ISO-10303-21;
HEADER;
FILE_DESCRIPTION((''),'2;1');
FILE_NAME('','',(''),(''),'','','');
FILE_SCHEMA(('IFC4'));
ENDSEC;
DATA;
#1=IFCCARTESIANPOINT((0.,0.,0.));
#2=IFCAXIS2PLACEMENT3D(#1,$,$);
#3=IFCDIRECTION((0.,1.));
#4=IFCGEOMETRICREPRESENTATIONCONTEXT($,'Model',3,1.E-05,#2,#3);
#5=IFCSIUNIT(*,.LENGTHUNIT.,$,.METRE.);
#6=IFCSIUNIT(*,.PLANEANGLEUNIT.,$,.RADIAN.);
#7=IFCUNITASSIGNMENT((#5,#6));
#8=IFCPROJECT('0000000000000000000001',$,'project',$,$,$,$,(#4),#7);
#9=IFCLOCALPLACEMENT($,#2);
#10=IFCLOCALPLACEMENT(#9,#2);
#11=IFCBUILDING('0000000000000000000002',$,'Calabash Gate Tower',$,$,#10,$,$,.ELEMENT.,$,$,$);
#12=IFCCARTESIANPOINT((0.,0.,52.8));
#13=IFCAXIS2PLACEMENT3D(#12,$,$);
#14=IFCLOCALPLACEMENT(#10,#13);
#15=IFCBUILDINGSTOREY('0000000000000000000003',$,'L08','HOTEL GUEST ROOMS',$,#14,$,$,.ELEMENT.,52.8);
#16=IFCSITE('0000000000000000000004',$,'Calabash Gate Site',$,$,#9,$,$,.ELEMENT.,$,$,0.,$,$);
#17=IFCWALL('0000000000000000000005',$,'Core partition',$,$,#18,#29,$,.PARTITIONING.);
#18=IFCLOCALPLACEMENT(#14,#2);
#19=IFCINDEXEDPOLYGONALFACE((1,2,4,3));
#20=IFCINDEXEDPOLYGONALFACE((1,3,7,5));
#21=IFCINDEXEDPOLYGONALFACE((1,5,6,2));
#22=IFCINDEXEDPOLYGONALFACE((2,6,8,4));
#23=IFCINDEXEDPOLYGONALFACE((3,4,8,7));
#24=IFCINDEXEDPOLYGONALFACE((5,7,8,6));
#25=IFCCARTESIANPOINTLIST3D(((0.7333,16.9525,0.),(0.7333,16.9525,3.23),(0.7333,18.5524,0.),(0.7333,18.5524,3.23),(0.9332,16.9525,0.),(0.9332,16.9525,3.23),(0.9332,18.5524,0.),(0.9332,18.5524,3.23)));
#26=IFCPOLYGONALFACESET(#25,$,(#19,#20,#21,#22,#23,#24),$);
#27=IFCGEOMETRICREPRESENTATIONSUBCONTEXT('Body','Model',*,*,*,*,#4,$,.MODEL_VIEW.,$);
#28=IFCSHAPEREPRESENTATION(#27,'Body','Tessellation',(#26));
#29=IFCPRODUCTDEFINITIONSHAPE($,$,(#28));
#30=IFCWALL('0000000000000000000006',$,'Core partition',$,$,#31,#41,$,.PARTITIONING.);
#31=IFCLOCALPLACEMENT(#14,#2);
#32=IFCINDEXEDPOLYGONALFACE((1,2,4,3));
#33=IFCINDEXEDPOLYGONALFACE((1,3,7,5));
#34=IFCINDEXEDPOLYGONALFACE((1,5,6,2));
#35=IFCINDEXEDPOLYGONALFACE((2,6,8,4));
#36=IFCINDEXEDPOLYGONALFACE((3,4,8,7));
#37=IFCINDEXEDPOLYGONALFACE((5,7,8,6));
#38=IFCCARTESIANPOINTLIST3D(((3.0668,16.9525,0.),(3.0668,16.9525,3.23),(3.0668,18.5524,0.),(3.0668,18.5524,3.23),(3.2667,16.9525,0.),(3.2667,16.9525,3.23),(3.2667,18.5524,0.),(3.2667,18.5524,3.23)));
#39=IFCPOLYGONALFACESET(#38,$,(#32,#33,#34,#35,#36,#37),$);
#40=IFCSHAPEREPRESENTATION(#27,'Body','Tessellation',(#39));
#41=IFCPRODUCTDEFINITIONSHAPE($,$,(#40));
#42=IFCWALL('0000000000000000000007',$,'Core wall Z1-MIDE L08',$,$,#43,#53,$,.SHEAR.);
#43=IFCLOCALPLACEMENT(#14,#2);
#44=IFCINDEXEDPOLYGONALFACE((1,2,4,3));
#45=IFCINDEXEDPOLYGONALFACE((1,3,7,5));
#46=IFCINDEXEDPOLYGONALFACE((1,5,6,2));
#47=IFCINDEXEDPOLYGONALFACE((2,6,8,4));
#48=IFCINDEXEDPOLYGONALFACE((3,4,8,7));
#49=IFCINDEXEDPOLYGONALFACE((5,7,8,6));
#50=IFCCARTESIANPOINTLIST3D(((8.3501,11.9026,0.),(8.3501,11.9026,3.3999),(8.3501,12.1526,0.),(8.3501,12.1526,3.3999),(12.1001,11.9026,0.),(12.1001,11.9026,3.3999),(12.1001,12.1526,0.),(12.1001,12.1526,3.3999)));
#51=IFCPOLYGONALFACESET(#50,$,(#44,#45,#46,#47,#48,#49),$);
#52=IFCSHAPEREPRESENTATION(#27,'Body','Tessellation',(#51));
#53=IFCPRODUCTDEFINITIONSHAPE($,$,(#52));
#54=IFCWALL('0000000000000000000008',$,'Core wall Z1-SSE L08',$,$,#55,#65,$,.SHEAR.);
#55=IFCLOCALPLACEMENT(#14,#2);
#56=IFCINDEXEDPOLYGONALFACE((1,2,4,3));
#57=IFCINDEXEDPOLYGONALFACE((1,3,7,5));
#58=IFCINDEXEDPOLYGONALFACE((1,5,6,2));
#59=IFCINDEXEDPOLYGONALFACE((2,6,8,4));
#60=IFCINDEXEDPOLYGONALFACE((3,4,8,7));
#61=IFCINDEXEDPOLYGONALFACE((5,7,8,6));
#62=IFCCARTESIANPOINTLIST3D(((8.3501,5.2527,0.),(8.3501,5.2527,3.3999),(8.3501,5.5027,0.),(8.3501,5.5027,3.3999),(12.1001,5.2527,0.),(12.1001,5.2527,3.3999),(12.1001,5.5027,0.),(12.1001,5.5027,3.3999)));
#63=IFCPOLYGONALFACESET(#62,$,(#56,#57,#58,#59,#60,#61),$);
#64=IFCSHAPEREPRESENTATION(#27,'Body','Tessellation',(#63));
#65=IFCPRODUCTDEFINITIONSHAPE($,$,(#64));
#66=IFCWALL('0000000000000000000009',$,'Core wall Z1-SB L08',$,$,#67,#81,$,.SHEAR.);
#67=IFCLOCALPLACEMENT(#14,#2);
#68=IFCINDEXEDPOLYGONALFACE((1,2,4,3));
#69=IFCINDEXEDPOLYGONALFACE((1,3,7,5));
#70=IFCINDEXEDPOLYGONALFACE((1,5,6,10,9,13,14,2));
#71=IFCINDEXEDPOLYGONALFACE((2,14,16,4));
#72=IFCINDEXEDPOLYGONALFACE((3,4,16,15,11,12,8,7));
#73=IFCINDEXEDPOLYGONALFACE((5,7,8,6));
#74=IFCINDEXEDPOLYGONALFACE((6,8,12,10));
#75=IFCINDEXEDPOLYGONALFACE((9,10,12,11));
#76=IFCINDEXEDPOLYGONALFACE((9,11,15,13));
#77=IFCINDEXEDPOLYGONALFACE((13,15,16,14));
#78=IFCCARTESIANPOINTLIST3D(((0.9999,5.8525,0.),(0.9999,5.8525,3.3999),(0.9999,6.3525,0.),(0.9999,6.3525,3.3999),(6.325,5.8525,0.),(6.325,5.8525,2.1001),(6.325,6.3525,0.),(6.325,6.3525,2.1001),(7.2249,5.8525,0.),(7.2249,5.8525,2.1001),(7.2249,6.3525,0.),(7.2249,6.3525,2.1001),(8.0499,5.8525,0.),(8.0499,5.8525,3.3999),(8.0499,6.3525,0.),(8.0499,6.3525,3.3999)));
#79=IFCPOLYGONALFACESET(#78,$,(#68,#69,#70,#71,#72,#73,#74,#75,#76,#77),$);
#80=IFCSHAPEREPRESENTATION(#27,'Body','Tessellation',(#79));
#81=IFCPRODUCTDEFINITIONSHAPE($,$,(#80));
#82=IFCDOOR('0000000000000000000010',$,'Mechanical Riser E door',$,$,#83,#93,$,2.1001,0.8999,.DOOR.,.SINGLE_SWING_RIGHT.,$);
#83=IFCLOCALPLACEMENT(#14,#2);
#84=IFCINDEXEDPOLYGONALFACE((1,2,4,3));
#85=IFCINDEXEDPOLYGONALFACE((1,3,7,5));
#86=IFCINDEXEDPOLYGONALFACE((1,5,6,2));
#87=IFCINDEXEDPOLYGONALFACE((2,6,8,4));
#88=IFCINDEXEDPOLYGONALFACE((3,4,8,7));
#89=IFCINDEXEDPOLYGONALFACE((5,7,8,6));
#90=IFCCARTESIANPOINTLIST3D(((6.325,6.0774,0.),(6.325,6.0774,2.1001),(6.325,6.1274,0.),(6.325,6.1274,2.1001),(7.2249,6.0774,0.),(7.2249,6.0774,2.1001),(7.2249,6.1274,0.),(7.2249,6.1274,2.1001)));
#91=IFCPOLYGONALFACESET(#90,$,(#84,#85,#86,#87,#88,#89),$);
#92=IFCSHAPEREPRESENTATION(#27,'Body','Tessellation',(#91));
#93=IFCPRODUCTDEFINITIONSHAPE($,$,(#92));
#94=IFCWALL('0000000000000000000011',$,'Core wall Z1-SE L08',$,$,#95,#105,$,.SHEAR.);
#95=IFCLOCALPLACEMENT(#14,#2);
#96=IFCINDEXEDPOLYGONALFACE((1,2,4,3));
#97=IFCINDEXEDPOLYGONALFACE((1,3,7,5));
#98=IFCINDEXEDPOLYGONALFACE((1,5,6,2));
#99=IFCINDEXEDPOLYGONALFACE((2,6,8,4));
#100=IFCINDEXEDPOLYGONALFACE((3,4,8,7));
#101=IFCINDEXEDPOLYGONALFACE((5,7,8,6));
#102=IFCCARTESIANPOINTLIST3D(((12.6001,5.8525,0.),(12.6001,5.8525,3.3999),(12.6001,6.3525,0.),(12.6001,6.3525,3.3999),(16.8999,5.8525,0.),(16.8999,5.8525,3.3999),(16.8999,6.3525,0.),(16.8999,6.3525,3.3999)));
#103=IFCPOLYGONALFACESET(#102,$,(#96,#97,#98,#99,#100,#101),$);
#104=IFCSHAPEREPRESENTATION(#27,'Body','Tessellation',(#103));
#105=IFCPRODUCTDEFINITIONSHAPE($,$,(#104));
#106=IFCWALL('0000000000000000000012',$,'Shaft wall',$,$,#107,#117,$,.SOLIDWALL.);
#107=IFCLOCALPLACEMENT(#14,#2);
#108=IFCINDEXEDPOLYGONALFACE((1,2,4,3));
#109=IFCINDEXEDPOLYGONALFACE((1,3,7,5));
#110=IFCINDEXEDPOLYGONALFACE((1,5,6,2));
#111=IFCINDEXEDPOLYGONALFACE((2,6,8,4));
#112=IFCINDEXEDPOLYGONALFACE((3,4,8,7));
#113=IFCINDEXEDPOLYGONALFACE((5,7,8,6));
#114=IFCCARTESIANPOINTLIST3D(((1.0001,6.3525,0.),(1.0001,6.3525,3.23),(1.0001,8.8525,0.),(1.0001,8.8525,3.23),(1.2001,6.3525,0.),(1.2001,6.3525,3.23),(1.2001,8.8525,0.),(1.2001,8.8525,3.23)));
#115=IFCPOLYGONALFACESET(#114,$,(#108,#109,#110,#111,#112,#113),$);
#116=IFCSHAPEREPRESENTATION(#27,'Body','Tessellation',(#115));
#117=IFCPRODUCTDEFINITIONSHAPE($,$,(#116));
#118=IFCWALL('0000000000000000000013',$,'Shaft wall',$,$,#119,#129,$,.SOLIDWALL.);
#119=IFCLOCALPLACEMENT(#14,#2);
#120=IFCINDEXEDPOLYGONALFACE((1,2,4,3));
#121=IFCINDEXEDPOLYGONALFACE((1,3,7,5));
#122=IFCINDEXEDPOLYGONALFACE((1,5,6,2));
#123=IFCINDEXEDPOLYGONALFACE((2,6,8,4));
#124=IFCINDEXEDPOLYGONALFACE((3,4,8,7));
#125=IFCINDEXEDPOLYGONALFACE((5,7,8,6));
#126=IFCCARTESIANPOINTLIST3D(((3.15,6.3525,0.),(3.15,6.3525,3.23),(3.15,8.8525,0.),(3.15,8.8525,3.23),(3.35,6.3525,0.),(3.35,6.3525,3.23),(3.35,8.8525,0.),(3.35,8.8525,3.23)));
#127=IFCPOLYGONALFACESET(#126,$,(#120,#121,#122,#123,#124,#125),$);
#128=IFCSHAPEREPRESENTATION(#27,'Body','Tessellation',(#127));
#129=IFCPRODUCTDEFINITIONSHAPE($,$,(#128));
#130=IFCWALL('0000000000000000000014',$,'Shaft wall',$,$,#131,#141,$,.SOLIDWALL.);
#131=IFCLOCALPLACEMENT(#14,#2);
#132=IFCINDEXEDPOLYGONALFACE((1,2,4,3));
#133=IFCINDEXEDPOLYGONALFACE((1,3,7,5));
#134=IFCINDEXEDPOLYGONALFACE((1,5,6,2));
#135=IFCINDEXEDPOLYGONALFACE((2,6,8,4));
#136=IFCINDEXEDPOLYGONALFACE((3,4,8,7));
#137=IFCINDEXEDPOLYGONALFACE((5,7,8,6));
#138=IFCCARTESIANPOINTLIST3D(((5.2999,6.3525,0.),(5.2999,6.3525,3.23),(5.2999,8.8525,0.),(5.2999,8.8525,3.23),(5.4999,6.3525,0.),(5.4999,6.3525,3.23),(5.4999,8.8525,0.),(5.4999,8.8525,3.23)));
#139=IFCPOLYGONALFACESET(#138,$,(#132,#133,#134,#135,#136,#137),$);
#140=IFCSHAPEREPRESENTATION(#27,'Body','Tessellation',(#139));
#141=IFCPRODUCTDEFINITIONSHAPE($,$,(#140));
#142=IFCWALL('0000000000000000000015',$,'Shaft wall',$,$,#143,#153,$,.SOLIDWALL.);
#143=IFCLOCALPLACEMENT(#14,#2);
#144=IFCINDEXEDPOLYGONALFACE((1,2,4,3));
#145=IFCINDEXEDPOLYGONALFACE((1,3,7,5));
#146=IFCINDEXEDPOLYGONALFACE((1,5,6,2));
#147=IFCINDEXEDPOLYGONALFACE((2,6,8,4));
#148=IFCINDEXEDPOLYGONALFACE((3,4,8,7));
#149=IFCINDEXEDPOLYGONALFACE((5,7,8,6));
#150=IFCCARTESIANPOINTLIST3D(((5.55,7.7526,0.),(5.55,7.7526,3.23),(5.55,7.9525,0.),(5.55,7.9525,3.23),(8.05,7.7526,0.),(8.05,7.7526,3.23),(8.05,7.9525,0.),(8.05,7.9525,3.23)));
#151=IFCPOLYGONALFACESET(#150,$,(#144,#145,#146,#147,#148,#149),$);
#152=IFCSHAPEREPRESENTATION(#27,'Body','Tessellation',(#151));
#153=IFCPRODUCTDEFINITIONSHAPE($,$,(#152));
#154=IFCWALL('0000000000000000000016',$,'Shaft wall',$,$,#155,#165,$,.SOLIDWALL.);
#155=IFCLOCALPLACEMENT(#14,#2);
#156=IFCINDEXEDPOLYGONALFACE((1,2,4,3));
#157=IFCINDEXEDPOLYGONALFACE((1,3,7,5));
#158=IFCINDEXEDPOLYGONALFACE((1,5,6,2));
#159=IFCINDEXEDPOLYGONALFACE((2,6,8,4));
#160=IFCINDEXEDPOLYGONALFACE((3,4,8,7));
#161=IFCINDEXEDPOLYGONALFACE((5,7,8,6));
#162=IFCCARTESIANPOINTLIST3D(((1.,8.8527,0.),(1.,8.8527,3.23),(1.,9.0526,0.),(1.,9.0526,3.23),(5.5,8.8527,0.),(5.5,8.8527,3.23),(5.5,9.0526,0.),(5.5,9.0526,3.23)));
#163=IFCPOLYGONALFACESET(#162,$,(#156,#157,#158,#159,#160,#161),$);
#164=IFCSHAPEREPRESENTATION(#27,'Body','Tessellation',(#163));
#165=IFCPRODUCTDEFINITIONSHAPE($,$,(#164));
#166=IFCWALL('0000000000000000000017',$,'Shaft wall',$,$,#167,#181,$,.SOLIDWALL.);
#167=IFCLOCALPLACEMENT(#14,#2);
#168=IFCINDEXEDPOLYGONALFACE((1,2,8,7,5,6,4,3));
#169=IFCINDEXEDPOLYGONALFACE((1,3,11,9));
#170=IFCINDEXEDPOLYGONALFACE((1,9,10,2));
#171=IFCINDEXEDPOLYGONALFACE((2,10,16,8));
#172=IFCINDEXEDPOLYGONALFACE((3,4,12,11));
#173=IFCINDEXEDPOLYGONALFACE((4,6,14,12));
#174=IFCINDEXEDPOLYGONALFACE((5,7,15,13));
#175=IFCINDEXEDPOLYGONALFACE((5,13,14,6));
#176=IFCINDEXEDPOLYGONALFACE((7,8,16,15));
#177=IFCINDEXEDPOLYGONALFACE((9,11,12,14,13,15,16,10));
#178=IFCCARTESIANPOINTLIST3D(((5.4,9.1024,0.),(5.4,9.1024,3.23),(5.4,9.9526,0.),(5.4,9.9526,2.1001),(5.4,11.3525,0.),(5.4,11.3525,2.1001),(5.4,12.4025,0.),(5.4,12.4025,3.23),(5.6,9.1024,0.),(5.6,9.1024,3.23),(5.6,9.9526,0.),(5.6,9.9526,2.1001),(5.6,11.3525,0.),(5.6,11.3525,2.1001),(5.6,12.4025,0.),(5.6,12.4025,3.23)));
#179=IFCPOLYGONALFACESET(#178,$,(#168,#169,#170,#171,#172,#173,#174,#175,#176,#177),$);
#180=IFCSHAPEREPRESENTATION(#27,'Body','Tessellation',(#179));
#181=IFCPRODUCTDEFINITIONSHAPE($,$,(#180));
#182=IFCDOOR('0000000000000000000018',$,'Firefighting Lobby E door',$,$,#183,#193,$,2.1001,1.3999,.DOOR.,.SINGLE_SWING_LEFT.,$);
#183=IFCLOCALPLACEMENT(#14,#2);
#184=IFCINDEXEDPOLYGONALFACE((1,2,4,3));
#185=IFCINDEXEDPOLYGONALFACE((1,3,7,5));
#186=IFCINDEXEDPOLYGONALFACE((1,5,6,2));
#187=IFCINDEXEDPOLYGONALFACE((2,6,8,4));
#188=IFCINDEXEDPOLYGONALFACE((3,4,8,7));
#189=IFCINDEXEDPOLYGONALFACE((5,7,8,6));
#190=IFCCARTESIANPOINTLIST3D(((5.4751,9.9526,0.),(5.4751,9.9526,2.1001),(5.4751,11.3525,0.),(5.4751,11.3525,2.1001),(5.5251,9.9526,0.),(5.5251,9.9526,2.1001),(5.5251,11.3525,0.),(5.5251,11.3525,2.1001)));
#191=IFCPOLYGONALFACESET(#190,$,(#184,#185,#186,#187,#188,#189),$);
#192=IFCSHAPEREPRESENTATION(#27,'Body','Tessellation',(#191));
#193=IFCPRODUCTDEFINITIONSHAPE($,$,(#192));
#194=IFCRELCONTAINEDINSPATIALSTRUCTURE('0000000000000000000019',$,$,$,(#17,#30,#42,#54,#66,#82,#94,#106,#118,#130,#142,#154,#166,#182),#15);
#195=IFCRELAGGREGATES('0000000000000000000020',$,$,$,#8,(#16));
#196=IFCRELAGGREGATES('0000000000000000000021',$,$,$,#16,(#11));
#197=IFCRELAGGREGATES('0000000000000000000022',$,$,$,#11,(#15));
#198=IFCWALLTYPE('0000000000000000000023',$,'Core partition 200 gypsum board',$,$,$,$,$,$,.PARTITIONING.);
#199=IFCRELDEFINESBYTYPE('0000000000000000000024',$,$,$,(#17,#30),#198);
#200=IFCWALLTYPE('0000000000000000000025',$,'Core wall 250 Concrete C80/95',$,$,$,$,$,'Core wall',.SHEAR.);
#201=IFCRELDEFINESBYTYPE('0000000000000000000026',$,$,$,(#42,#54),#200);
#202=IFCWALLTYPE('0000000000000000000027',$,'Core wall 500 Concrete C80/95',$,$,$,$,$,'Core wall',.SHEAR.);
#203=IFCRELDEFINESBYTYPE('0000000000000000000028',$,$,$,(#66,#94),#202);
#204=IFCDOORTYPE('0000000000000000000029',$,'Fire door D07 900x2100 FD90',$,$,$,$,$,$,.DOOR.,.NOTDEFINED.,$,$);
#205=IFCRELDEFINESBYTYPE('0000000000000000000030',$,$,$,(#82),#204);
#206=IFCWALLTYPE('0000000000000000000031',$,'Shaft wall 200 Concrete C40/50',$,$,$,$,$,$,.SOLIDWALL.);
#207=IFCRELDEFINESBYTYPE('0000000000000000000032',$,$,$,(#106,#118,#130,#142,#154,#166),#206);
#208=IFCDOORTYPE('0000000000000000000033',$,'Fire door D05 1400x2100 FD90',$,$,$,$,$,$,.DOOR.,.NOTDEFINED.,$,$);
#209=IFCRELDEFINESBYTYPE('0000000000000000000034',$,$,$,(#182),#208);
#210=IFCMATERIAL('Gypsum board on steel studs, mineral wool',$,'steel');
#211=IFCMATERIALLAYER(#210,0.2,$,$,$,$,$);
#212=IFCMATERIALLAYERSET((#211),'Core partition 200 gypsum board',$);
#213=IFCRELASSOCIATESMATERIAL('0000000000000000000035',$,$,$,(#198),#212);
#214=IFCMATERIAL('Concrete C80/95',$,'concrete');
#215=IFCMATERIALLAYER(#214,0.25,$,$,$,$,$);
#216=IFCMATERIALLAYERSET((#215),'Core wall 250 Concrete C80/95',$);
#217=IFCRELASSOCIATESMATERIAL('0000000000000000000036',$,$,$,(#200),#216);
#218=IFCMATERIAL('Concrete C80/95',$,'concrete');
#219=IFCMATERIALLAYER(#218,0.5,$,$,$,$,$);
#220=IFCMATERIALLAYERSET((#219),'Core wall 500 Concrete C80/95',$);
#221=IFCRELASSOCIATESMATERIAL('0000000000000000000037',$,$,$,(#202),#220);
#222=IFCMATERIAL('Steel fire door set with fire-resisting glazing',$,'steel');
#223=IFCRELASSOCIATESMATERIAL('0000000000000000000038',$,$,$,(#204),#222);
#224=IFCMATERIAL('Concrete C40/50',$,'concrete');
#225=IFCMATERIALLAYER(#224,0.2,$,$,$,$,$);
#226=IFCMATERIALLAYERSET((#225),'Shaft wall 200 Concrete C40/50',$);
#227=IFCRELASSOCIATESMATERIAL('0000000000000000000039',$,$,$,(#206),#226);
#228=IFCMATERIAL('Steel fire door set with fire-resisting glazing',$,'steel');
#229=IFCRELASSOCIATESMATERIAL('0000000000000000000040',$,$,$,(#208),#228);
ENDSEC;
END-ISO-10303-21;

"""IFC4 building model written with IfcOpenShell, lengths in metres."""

from ifc_helpers import new_model, si_unit, direction, frame, frame_2d, origin, place, context, subcontext, project, spatial, rectangle, extrude, material, layer, layer_set, type_object, element, fill, save


model = new_model("IFC4")

# Units and contexts
model_context = context("Model", 3, precision=1e-05, world=origin(), true_north=direction((0.0, 1.0)))
body_context = subcontext(model_context, "Body", "Model", "MODEL_VIEW")
ifc_project = project(units=[si_unit("LENGTHUNIT", "METRE"), si_unit("PLANEANGLEUNIT", "RADIAN")], contexts=[model_context])

# Site, building, storey
site_placement = place(None, origin())
site = spatial("IfcSite", under=ifc_project, at=site_placement, Name="Calabash Gate Site", CompositionType="ELEMENT", RefElevation=0.0)
building_placement = place(site_placement, origin())
building = spatial("IfcBuilding", under=site, at=building_placement, Name="Calabash Gate Tower", CompositionType="ELEMENT")
storey_placement = place(building_placement, frame((0.0, 0.0, 52.8)))
storey = spatial("IfcBuildingStorey", under=building, at=storey_placement, Name="L08", Description="HOTEL GUEST ROOMS", CompositionType="ELEMENT", Elevation=52.8)

# Walls
ifc_material_1 = material(Name="Gypsum board on steel studs, mineral wool", Category="steel")
ifc_layer_1 = layer(ifc_material_1, 0.2)
ifc_layer_set_1 = layer_set([ifc_layer_1], Name="Core partition 200 gypsum board")
wall_type_1 = type_object("IfcWallType", Name="Core partition 200 gypsum board", PredefinedType="PARTITIONING", material=ifc_layer_set_1)
for number, where, z_axis, x_axis, name in (
    (1, (0.8333, 16.9526, 0.0), (0.0, 0.0, 1.0), (0.0, 1.0, 0.0), "Core partition"),
    (2, (3.1667, 16.9526, 0.0), (0.0, 0.0, 1.0), (0.0, 1.0, 0.0), "Core partition"),
):
    element("IfcWall", number, at=place(storey_placement, frame(where, z_axis=z_axis, x_axis=x_axis)), inside=storey, type_object=wall_type_1, Name=name, PredefinedType="PARTITIONING", context=body_context, shape_type="SweptSolid", body=[
        extrude(rectangle(XDim=1.5999, YDim=0.2, at=frame_2d((0.7998, 0.0))), origin(), (0.0, 0.0, 1.0), 3.23),
    ])
ifc_material_2 = material(Name="Concrete C80/95", Category="concrete")
ifc_layer_2 = layer(ifc_material_2, 0.25)
ifc_layer_set_2 = layer_set([ifc_layer_2], Name="Core wall 250 Concrete C80/95")
wall_type_2 = type_object("IfcWallType", Name="Core wall 250 Concrete C80/95", ElementType="Core wall", PredefinedType="SHEAR", material=ifc_layer_set_2)
for number, where, z_axis, x_axis, name in (
    (3, (8.3501, 12.0276, 0.0), (0.0, 0.0, 1.0), (1.0, 0.0, 0.0), "Core wall Z1-MIDE L08"),
    (4, (8.3501, 5.3777, 0.0), (0.0, 0.0, 1.0), (1.0, 0.0, 0.0), "Core wall Z1-SSE L08"),
):
    element("IfcWall", number, at=place(storey_placement, frame(where, z_axis=z_axis, x_axis=x_axis)), inside=storey, type_object=wall_type_2, Name=name, PredefinedType="SHEAR", context=body_context, shape_type="SweptSolid", body=[
        extrude(rectangle(XDim=3.75, YDim=0.25, at=frame_2d((1.875, 0.0))), origin(), (0.0, 0.0, 1.0), 3.3999),
    ])

# Wall, opening, door
ifc_material_3 = material(Name="Concrete C80/95", Category="concrete")
ifc_layer_3 = layer(ifc_material_3, 0.5)
ifc_layer_set_3 = layer_set([ifc_layer_3], Name="Core wall 500 Concrete C80/95")
wall_type_3 = type_object("IfcWallType", Name="Core wall 500 Concrete C80/95", ElementType="Core wall", PredefinedType="SHEAR", material=ifc_layer_set_3)
wall_1_placement = place(storey_placement, frame((1.0, 6.1025, 0.0), z_axis=(0.0, 0.0, 1.0), x_axis=(1.0, 0.0, 0.0)))
wall_1 = element("IfcWall", 5, at=wall_1_placement, inside=storey, type_object=wall_type_3, Name="Core wall Z1-SB L08", PredefinedType="SHEAR", context=body_context, shape_type="SweptSolid", body=[
    extrude(rectangle(XDim=7.05, YDim=0.5, at=frame_2d((3.5249, 0.0))), origin(), (0.0, 0.0, 1.0), 3.3999),
])
opening_1_placement = place(wall_1_placement, frame((5.325, 0.0, 0.0)))
opening_1 = element("IfcOpeningElement", 6, at=opening_1_placement, cuts=wall_1, PredefinedType="OPENING", context=body_context, shape_type="SweptSolid", body=[
    extrude(rectangle(XDim=0.8999, YDim=2.1001, at=frame_2d((0.45, 1.05))), frame((0.0, 0.26, 0.0), z_axis=(0.0, -1.0, 0.0), x_axis=(1.0, 0.0, 0.0)), (0.0, 0.0, 1.0), 0.52),
])
ifc_material_4 = material(Name="Steel fire door set with fire-resisting glazing", Category="steel")
door_type_1 = type_object("IfcDoorType", Name="Fire door D07 900x2100 FD90", OperationType="NOTDEFINED", PredefinedType="DOOR", material=ifc_material_4)
door_1_placement = place(opening_1_placement, origin())
door_1 = element("IfcDoor", 7, at=door_1_placement, inside=storey, type_object=door_type_1, Name="Mechanical Riser E door", OperationType="SINGLE_SWING_RIGHT", OverallHeight=2.1001, OverallWidth=0.8999, PredefinedType="DOOR", context=body_context, shape_type="SweptSolid", body=[
    extrude(rectangle(XDim=0.8999, YDim=2.1001, at=frame_2d((0.45, 1.05))), frame((0.0, 0.0249, 0.0), z_axis=(0.0, -1.0, 0.0), x_axis=(1.0, 0.0, 0.0)), (0.0, 0.0, 1.0), 0.05),
])
fill(opening_1, door_1)

# Walls
wall_2_placement = place(storey_placement, frame((12.6001, 6.1025, 0.0), z_axis=(0.0, 0.0, 1.0), x_axis=(1.0, 0.0, 0.0)))
element("IfcWall", 8, at=wall_2_placement, inside=storey, type_object=wall_type_3, Name="Core wall Z1-SE L08", PredefinedType="SHEAR", context=body_context, shape_type="SweptSolid", body=[
    extrude(rectangle(XDim=4.2998, YDim=0.5, at=frame_2d((2.1499, 0.0))), origin(), (0.0, 0.0, 1.0), 3.3999),
])
ifc_material_5 = material(Name="Concrete C40/50", Category="concrete")
ifc_layer_4 = layer(ifc_material_5, 0.2)
ifc_layer_set_4 = layer_set([ifc_layer_4], Name="Shaft wall 200 Concrete C40/50")
wall_type_4 = type_object("IfcWallType", Name="Shaft wall 200 Concrete C40/50", PredefinedType="SOLIDWALL", material=ifc_layer_set_4)
for number, where, z_axis, x_axis, name in (
    (9, (1.1001, 6.3525, 0.0), (0.0, 0.0, 1.0), (0.0, 1.0, 0.0), "Shaft wall"),
    (10, (3.25, 6.3525, 0.0), (0.0, 0.0, 1.0), (0.0, 1.0, 0.0), "Shaft wall"),
    (11, (5.3999, 6.3525, 0.0), (0.0, 0.0, 1.0), (0.0, 1.0, 0.0), "Shaft wall"),
    (12, (5.55, 7.8525, 0.0), (0.0, 0.0, 1.0), (1.0, 0.0, 0.0), "Shaft wall"),
):
    element("IfcWall", number, at=place(storey_placement, frame(where, z_axis=z_axis, x_axis=x_axis)), inside=storey, type_object=wall_type_4, Name=name, PredefinedType="SOLIDWALL", context=body_context, shape_type="SweptSolid", body=[
        extrude(rectangle(XDim=2.5, YDim=0.2, at=frame_2d((1.25, 0.0))), origin(), (0.0, 0.0, 1.0), 3.23),
    ])
wall_3_placement = place(storey_placement, frame((1.0, 8.9526, 0.0), z_axis=(0.0, 0.0, 1.0), x_axis=(1.0, 0.0, 0.0)))
element("IfcWall", 13, at=wall_3_placement, inside=storey, type_object=wall_type_4, Name="Shaft wall", PredefinedType="SOLIDWALL", context=body_context, shape_type="SweptSolid", body=[
    extrude(rectangle(XDim=4.5, YDim=0.2, at=frame_2d((2.25, 0.0))), origin(), (0.0, 0.0, 1.0), 3.23),
])

# Wall, opening, door
wall_4_placement = place(storey_placement, frame((5.5, 9.1025, 0.0), z_axis=(0.0, 0.0, 1.0), x_axis=(0.0, 1.0, 0.0)))
wall_4 = element("IfcWall", 14, at=wall_4_placement, inside=storey, type_object=wall_type_4, Name="Shaft wall", PredefinedType="SOLIDWALL", context=body_context, shape_type="SweptSolid", body=[
    extrude(rectangle(XDim=3.3, YDim=0.2, at=frame_2d((1.6499, 0.0))), origin(), (0.0, 0.0, 1.0), 3.23),
])
opening_2_placement = place(wall_4_placement, frame((0.8501, 0.0, 0.0)))
opening_2 = element("IfcOpeningElement", 15, at=opening_2_placement, cuts=wall_4, PredefinedType="OPENING", context=body_context, shape_type="SweptSolid", body=[
    extrude(rectangle(XDim=1.3999, YDim=2.1001, at=frame_2d((0.7, 1.05))), frame((0.0, 0.1099, 0.0), z_axis=(0.0, -1.0, 0.0), x_axis=(1.0, 0.0, 0.0)), (0.0, 0.0, 1.0), 0.22),
])
ifc_material_6 = material(Name="Steel fire door set with fire-resisting glazing", Category="steel")
door_type_2 = type_object("IfcDoorType", Name="Fire door D05 1400x2100 FD90", OperationType="NOTDEFINED", PredefinedType="DOOR", material=ifc_material_6)
door_2_placement = place(opening_2_placement, origin())
door_2 = element("IfcDoor", 16, at=door_2_placement, inside=storey, type_object=door_type_2, Name="Firefighting Lobby E door", OperationType="SINGLE_SWING_LEFT", OverallHeight=2.1001, OverallWidth=1.3999, PredefinedType="DOOR", context=body_context, shape_type="SweptSolid", body=[
    extrude(rectangle(XDim=1.3999, YDim=2.1001, at=frame_2d((0.7, 1.05))), frame((0.0, 0.0249, 0.0), z_axis=(0.0, -1.0, 0.0), x_axis=(1.0, 0.0, 0.0)), (0.0, 0.0, 1.0), 0.05),
])
fill(opening_2, door_2)

save(model, "model.ifc")
